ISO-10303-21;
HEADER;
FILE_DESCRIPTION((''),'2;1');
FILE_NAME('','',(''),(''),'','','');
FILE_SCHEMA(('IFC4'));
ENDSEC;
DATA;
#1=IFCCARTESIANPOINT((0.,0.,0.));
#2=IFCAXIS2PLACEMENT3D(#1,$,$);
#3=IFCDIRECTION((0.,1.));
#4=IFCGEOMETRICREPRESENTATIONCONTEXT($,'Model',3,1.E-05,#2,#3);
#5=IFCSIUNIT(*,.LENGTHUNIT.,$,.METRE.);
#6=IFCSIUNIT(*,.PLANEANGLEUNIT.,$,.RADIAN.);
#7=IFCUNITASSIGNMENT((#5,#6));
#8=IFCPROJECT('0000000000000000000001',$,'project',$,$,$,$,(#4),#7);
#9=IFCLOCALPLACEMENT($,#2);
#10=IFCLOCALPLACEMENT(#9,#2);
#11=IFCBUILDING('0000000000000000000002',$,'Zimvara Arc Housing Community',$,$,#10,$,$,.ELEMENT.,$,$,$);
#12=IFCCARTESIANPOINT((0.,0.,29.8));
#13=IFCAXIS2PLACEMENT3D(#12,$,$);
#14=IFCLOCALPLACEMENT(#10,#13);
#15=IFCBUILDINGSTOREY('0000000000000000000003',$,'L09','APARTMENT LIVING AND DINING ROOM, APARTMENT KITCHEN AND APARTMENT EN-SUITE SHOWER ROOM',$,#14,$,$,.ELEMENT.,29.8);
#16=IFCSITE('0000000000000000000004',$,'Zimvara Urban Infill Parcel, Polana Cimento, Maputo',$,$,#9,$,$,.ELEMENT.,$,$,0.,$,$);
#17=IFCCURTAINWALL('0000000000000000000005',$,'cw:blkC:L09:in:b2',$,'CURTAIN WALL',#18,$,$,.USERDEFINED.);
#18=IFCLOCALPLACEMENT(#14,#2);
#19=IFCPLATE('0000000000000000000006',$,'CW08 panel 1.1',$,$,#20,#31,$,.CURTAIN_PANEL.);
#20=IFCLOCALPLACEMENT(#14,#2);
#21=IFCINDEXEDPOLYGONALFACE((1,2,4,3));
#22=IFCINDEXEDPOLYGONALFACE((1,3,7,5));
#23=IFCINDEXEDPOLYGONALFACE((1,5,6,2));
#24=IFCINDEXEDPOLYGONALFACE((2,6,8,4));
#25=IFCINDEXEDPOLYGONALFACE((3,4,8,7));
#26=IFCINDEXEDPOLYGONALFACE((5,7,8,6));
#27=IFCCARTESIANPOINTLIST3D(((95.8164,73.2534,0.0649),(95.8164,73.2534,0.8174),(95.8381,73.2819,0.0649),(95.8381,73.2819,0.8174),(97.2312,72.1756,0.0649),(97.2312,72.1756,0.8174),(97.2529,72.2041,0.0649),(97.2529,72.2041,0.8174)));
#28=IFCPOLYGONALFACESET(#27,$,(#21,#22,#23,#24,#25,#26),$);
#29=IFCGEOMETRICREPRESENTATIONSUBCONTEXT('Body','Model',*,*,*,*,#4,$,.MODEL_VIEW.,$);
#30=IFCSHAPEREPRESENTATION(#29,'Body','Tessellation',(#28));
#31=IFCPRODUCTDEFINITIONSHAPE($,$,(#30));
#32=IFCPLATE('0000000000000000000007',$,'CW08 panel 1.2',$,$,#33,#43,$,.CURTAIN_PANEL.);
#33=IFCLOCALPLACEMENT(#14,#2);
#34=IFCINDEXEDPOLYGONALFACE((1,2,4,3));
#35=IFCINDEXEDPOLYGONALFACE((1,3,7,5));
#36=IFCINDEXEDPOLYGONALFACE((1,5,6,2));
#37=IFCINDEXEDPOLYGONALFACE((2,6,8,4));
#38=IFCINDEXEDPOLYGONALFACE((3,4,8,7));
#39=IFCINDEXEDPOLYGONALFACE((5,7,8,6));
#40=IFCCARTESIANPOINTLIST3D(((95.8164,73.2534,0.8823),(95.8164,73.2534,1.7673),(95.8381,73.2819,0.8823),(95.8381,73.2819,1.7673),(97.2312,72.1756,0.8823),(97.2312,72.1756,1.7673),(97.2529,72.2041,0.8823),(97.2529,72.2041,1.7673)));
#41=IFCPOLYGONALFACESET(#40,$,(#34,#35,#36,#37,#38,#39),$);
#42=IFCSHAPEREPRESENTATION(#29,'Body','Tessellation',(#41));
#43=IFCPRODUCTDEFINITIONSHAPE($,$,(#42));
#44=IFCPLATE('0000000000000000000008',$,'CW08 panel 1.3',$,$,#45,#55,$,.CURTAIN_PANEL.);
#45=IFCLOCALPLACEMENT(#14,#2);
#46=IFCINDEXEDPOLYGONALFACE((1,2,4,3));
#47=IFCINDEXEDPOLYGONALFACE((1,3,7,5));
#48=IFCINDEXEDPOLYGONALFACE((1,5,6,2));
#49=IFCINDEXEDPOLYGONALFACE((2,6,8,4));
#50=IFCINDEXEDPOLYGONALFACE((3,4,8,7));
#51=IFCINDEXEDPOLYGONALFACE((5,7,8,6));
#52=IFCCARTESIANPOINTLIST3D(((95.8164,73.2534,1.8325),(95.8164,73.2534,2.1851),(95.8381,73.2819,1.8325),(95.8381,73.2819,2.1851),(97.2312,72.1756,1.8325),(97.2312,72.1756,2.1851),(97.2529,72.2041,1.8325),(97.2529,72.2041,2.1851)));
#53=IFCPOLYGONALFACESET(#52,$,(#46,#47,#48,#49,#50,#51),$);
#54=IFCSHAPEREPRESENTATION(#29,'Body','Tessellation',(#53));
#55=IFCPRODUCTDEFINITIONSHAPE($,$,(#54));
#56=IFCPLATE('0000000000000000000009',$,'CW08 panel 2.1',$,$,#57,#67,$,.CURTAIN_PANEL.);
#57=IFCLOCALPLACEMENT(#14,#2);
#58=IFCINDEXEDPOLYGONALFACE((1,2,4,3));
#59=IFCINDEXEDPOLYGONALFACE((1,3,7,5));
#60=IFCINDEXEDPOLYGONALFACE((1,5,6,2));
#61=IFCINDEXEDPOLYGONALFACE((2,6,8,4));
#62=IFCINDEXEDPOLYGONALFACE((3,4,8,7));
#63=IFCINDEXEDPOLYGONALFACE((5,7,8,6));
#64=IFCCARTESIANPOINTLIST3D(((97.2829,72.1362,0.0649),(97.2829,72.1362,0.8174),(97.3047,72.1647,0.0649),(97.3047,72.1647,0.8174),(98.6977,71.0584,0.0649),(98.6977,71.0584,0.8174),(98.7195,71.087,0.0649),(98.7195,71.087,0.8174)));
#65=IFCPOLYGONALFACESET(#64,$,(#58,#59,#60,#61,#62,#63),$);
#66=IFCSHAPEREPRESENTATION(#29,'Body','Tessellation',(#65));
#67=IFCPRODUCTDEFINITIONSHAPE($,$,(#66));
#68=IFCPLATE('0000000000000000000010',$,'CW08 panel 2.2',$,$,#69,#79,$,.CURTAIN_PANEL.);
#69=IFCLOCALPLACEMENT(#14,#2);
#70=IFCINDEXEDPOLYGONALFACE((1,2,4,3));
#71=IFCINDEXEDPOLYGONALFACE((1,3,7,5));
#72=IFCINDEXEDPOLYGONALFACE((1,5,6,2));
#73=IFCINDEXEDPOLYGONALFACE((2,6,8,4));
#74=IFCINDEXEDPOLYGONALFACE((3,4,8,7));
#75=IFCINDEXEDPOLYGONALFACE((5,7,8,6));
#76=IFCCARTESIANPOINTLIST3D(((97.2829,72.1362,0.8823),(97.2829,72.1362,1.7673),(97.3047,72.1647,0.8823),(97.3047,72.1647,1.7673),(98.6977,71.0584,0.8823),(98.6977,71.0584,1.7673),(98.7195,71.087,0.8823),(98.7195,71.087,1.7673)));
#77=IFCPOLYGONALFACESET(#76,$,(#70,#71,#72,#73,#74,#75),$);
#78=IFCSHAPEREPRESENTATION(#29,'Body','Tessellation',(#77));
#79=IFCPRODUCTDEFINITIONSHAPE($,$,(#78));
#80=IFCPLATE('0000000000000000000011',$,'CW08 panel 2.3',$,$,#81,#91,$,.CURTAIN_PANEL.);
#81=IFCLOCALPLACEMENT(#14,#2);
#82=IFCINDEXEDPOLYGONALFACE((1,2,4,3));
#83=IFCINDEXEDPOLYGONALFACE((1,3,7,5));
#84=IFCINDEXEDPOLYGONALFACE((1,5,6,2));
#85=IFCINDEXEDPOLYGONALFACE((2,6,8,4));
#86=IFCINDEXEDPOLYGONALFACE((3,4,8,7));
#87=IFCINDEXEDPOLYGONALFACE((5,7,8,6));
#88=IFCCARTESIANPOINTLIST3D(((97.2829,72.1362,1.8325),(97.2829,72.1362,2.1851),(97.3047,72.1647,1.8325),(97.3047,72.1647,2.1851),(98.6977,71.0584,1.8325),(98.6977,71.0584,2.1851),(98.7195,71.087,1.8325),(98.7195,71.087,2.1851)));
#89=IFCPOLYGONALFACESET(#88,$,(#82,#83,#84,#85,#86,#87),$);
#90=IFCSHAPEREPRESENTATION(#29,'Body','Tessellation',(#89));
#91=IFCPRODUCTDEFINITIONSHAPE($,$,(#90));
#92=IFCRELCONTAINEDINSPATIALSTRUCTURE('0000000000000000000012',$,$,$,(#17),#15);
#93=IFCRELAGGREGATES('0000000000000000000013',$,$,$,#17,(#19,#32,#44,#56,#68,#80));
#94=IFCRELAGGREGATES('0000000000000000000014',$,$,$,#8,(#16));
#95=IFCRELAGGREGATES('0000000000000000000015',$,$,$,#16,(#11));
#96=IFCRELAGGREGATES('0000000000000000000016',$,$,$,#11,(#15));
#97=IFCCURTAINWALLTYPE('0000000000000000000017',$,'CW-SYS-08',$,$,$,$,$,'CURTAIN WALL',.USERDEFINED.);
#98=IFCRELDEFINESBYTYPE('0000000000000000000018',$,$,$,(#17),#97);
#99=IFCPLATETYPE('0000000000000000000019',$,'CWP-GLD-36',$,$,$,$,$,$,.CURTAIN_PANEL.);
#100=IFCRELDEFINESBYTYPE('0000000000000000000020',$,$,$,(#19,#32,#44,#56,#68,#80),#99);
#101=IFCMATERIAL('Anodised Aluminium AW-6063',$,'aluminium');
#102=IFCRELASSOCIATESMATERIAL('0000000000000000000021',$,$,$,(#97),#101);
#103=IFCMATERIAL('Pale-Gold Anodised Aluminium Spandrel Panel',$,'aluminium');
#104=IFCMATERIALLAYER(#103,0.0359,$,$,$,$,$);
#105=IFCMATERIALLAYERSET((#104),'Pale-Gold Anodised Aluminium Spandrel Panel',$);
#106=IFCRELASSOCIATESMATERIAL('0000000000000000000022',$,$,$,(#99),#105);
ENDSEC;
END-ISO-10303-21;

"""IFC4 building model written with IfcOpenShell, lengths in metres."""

from ifc_helpers import new_model, si_unit, direction, frame, origin, origin_2d, place, context, subcontext, project, spatial, rectangle, extrude, material, layer, layer_set, type_object, element, aggregate, save


model = new_model("IFC4")

# Units and contexts
model_context = context("Model", 3, precision=1e-05, world=origin(), true_north=direction((0.0, 1.0)))
body_context = subcontext(model_context, "Body", "Model", "MODEL_VIEW")
ifc_project = project(units=[si_unit("LENGTHUNIT", "METRE"), si_unit("PLANEANGLEUNIT", "RADIAN")], contexts=[model_context])

# Site, building, storey
site_placement = place(None, origin())
site = spatial("IfcSite", under=ifc_project, at=site_placement, Name="Zimvara Urban Infill Parcel, Polana Cimento, Maputo", CompositionType="ELEMENT", RefElevation=0.0)
building_placement = place(site_placement, origin())
building = spatial("IfcBuilding", under=site, at=building_placement, Name="Zimvara Arc Housing Community", CompositionType="ELEMENT")
storey_placement = place(building_placement, frame((0.0, 0.0, 29.8)))
storey = spatial("IfcBuildingStorey", under=building, at=storey_placement, Name="L09", Description="APARTMENT LIVING AND DINING ROOM, APARTMENT KITCHEN AND APARTMENT EN-SUITE SHOWER ROOM", CompositionType="ELEMENT", Elevation=29.8)

# Curtain wall, plates
ifc_material_1 = material(Name="Anodised Aluminium AW-6063", Category="aluminium")
curtain_wall_type = type_object("IfcCurtainWallType", Name="CW-SYS-08", ElementType="CURTAIN WALL", PredefinedType="USERDEFINED", material=ifc_material_1)
curtain_wall_placement = place(storey_placement, origin())
curtain_wall = element("IfcCurtainWall", 1, at=curtain_wall_placement, inside=storey, type_object=curtain_wall_type, Name="cw:blkC:L09:in:b2", ObjectType="CURTAIN WALL", PredefinedType="USERDEFINED")
ifc_material_2 = material(Name="Pale-Gold Anodised Aluminium Spandrel Panel", Category="aluminium")
ifc_layer = layer(ifc_material_2, 0.0359)
ifc_layer_set = layer_set([ifc_layer], Name="Pale-Gold Anodised Aluminium Spandrel Panel")
plate_type = type_object("IfcPlateType", Name="CWP-GLD-36", PredefinedType="CURTAIN_PANEL", material=ifc_layer_set)
plate_1_placement = place(storey_placement, frame((96.5347, 72.7288, 0.0649), z_axis=(0.0, 0.0, 1.0), x_axis=(0.795474, -0.605988, 0.0)))
plate_1 = element("IfcPlate", 2, at=plate_1_placement, type_object=plate_type, Name="CW08 panel 1.1", PredefinedType="CURTAIN_PANEL", context=body_context, shape_type="SweptSolid", body=[
    extrude(rectangle(XDim=1.7786, YDim=0.0359, at=origin_2d()), origin(), (0.0, 0.0, 1.0), 0.7524),
])
plate_2_placement = place(storey_placement, frame((96.5347, 72.7288, 0.8823), z_axis=(0.0, 0.0, 1.0), x_axis=(0.795474, -0.605988, 0.0)))
plate_2 = element("IfcPlate", 3, at=plate_2_placement, type_object=plate_type, Name="CW08 panel 1.2", PredefinedType="CURTAIN_PANEL", context=body_context, shape_type="SweptSolid", body=[
    extrude(rectangle(XDim=1.7786, YDim=0.0359, at=origin_2d()), origin(), (0.0, 0.0, 1.0), 0.885),
])
plate_3_placement = place(storey_placement, frame((96.5347, 72.7288, 1.8325), z_axis=(0.0, 0.0, 1.0), x_axis=(0.795474, -0.605988, 0.0)))
plate_3 = element("IfcPlate", 4, at=plate_3_placement, type_object=plate_type, Name="CW08 panel 1.3", PredefinedType="CURTAIN_PANEL", context=body_context, shape_type="SweptSolid", body=[
    extrude(rectangle(XDim=1.7786, YDim=0.0359, at=origin_2d()), origin(), (0.0, 0.0, 1.0), 0.3525),
])
plate_4_placement = place(storey_placement, frame((98.0012, 71.6116, 0.0649), z_axis=(0.0, 0.0, 1.0), x_axis=(0.795474, -0.605988, 0.0)))
plate_4 = element("IfcPlate", 5, at=plate_4_placement, type_object=plate_type, Name="CW08 panel 2.1", PredefinedType="CURTAIN_PANEL", context=body_context, shape_type="SweptSolid", body=[
    extrude(rectangle(XDim=1.7786, YDim=0.0359, at=origin_2d()), origin(), (0.0, 0.0, 1.0), 0.7524),
])
plate_5_placement = place(storey_placement, frame((98.0012, 71.6116, 0.8823), z_axis=(0.0, 0.0, 1.0), x_axis=(0.795474, -0.605988, 0.0)))
plate_5 = element("IfcPlate", 6, at=plate_5_placement, type_object=plate_type, Name="CW08 panel 2.2", PredefinedType="CURTAIN_PANEL", context=body_context, shape_type="SweptSolid", body=[
    extrude(rectangle(XDim=1.7786, YDim=0.0359, at=origin_2d()), origin(), (0.0, 0.0, 1.0), 0.885),
])
plate_6_placement = place(storey_placement, frame((98.0012, 71.6116, 1.8325), z_axis=(0.0, 0.0, 1.0), x_axis=(0.795474, -0.605988, 0.0)))
plate_6 = element("IfcPlate", 7, at=plate_6_placement, type_object=plate_type, Name="CW08 panel 2.3", PredefinedType="CURTAIN_PANEL", context=body_context, shape_type="SweptSolid", body=[
    extrude(rectangle(XDim=1.7786, YDim=0.0359, at=origin_2d()), origin(), (0.0, 0.0, 1.0), 0.3525),
])
aggregate(curtain_wall, [plate_1, plate_2, plate_3, plate_4, plate_5, plate_6])

save(model, "model.ifc")
